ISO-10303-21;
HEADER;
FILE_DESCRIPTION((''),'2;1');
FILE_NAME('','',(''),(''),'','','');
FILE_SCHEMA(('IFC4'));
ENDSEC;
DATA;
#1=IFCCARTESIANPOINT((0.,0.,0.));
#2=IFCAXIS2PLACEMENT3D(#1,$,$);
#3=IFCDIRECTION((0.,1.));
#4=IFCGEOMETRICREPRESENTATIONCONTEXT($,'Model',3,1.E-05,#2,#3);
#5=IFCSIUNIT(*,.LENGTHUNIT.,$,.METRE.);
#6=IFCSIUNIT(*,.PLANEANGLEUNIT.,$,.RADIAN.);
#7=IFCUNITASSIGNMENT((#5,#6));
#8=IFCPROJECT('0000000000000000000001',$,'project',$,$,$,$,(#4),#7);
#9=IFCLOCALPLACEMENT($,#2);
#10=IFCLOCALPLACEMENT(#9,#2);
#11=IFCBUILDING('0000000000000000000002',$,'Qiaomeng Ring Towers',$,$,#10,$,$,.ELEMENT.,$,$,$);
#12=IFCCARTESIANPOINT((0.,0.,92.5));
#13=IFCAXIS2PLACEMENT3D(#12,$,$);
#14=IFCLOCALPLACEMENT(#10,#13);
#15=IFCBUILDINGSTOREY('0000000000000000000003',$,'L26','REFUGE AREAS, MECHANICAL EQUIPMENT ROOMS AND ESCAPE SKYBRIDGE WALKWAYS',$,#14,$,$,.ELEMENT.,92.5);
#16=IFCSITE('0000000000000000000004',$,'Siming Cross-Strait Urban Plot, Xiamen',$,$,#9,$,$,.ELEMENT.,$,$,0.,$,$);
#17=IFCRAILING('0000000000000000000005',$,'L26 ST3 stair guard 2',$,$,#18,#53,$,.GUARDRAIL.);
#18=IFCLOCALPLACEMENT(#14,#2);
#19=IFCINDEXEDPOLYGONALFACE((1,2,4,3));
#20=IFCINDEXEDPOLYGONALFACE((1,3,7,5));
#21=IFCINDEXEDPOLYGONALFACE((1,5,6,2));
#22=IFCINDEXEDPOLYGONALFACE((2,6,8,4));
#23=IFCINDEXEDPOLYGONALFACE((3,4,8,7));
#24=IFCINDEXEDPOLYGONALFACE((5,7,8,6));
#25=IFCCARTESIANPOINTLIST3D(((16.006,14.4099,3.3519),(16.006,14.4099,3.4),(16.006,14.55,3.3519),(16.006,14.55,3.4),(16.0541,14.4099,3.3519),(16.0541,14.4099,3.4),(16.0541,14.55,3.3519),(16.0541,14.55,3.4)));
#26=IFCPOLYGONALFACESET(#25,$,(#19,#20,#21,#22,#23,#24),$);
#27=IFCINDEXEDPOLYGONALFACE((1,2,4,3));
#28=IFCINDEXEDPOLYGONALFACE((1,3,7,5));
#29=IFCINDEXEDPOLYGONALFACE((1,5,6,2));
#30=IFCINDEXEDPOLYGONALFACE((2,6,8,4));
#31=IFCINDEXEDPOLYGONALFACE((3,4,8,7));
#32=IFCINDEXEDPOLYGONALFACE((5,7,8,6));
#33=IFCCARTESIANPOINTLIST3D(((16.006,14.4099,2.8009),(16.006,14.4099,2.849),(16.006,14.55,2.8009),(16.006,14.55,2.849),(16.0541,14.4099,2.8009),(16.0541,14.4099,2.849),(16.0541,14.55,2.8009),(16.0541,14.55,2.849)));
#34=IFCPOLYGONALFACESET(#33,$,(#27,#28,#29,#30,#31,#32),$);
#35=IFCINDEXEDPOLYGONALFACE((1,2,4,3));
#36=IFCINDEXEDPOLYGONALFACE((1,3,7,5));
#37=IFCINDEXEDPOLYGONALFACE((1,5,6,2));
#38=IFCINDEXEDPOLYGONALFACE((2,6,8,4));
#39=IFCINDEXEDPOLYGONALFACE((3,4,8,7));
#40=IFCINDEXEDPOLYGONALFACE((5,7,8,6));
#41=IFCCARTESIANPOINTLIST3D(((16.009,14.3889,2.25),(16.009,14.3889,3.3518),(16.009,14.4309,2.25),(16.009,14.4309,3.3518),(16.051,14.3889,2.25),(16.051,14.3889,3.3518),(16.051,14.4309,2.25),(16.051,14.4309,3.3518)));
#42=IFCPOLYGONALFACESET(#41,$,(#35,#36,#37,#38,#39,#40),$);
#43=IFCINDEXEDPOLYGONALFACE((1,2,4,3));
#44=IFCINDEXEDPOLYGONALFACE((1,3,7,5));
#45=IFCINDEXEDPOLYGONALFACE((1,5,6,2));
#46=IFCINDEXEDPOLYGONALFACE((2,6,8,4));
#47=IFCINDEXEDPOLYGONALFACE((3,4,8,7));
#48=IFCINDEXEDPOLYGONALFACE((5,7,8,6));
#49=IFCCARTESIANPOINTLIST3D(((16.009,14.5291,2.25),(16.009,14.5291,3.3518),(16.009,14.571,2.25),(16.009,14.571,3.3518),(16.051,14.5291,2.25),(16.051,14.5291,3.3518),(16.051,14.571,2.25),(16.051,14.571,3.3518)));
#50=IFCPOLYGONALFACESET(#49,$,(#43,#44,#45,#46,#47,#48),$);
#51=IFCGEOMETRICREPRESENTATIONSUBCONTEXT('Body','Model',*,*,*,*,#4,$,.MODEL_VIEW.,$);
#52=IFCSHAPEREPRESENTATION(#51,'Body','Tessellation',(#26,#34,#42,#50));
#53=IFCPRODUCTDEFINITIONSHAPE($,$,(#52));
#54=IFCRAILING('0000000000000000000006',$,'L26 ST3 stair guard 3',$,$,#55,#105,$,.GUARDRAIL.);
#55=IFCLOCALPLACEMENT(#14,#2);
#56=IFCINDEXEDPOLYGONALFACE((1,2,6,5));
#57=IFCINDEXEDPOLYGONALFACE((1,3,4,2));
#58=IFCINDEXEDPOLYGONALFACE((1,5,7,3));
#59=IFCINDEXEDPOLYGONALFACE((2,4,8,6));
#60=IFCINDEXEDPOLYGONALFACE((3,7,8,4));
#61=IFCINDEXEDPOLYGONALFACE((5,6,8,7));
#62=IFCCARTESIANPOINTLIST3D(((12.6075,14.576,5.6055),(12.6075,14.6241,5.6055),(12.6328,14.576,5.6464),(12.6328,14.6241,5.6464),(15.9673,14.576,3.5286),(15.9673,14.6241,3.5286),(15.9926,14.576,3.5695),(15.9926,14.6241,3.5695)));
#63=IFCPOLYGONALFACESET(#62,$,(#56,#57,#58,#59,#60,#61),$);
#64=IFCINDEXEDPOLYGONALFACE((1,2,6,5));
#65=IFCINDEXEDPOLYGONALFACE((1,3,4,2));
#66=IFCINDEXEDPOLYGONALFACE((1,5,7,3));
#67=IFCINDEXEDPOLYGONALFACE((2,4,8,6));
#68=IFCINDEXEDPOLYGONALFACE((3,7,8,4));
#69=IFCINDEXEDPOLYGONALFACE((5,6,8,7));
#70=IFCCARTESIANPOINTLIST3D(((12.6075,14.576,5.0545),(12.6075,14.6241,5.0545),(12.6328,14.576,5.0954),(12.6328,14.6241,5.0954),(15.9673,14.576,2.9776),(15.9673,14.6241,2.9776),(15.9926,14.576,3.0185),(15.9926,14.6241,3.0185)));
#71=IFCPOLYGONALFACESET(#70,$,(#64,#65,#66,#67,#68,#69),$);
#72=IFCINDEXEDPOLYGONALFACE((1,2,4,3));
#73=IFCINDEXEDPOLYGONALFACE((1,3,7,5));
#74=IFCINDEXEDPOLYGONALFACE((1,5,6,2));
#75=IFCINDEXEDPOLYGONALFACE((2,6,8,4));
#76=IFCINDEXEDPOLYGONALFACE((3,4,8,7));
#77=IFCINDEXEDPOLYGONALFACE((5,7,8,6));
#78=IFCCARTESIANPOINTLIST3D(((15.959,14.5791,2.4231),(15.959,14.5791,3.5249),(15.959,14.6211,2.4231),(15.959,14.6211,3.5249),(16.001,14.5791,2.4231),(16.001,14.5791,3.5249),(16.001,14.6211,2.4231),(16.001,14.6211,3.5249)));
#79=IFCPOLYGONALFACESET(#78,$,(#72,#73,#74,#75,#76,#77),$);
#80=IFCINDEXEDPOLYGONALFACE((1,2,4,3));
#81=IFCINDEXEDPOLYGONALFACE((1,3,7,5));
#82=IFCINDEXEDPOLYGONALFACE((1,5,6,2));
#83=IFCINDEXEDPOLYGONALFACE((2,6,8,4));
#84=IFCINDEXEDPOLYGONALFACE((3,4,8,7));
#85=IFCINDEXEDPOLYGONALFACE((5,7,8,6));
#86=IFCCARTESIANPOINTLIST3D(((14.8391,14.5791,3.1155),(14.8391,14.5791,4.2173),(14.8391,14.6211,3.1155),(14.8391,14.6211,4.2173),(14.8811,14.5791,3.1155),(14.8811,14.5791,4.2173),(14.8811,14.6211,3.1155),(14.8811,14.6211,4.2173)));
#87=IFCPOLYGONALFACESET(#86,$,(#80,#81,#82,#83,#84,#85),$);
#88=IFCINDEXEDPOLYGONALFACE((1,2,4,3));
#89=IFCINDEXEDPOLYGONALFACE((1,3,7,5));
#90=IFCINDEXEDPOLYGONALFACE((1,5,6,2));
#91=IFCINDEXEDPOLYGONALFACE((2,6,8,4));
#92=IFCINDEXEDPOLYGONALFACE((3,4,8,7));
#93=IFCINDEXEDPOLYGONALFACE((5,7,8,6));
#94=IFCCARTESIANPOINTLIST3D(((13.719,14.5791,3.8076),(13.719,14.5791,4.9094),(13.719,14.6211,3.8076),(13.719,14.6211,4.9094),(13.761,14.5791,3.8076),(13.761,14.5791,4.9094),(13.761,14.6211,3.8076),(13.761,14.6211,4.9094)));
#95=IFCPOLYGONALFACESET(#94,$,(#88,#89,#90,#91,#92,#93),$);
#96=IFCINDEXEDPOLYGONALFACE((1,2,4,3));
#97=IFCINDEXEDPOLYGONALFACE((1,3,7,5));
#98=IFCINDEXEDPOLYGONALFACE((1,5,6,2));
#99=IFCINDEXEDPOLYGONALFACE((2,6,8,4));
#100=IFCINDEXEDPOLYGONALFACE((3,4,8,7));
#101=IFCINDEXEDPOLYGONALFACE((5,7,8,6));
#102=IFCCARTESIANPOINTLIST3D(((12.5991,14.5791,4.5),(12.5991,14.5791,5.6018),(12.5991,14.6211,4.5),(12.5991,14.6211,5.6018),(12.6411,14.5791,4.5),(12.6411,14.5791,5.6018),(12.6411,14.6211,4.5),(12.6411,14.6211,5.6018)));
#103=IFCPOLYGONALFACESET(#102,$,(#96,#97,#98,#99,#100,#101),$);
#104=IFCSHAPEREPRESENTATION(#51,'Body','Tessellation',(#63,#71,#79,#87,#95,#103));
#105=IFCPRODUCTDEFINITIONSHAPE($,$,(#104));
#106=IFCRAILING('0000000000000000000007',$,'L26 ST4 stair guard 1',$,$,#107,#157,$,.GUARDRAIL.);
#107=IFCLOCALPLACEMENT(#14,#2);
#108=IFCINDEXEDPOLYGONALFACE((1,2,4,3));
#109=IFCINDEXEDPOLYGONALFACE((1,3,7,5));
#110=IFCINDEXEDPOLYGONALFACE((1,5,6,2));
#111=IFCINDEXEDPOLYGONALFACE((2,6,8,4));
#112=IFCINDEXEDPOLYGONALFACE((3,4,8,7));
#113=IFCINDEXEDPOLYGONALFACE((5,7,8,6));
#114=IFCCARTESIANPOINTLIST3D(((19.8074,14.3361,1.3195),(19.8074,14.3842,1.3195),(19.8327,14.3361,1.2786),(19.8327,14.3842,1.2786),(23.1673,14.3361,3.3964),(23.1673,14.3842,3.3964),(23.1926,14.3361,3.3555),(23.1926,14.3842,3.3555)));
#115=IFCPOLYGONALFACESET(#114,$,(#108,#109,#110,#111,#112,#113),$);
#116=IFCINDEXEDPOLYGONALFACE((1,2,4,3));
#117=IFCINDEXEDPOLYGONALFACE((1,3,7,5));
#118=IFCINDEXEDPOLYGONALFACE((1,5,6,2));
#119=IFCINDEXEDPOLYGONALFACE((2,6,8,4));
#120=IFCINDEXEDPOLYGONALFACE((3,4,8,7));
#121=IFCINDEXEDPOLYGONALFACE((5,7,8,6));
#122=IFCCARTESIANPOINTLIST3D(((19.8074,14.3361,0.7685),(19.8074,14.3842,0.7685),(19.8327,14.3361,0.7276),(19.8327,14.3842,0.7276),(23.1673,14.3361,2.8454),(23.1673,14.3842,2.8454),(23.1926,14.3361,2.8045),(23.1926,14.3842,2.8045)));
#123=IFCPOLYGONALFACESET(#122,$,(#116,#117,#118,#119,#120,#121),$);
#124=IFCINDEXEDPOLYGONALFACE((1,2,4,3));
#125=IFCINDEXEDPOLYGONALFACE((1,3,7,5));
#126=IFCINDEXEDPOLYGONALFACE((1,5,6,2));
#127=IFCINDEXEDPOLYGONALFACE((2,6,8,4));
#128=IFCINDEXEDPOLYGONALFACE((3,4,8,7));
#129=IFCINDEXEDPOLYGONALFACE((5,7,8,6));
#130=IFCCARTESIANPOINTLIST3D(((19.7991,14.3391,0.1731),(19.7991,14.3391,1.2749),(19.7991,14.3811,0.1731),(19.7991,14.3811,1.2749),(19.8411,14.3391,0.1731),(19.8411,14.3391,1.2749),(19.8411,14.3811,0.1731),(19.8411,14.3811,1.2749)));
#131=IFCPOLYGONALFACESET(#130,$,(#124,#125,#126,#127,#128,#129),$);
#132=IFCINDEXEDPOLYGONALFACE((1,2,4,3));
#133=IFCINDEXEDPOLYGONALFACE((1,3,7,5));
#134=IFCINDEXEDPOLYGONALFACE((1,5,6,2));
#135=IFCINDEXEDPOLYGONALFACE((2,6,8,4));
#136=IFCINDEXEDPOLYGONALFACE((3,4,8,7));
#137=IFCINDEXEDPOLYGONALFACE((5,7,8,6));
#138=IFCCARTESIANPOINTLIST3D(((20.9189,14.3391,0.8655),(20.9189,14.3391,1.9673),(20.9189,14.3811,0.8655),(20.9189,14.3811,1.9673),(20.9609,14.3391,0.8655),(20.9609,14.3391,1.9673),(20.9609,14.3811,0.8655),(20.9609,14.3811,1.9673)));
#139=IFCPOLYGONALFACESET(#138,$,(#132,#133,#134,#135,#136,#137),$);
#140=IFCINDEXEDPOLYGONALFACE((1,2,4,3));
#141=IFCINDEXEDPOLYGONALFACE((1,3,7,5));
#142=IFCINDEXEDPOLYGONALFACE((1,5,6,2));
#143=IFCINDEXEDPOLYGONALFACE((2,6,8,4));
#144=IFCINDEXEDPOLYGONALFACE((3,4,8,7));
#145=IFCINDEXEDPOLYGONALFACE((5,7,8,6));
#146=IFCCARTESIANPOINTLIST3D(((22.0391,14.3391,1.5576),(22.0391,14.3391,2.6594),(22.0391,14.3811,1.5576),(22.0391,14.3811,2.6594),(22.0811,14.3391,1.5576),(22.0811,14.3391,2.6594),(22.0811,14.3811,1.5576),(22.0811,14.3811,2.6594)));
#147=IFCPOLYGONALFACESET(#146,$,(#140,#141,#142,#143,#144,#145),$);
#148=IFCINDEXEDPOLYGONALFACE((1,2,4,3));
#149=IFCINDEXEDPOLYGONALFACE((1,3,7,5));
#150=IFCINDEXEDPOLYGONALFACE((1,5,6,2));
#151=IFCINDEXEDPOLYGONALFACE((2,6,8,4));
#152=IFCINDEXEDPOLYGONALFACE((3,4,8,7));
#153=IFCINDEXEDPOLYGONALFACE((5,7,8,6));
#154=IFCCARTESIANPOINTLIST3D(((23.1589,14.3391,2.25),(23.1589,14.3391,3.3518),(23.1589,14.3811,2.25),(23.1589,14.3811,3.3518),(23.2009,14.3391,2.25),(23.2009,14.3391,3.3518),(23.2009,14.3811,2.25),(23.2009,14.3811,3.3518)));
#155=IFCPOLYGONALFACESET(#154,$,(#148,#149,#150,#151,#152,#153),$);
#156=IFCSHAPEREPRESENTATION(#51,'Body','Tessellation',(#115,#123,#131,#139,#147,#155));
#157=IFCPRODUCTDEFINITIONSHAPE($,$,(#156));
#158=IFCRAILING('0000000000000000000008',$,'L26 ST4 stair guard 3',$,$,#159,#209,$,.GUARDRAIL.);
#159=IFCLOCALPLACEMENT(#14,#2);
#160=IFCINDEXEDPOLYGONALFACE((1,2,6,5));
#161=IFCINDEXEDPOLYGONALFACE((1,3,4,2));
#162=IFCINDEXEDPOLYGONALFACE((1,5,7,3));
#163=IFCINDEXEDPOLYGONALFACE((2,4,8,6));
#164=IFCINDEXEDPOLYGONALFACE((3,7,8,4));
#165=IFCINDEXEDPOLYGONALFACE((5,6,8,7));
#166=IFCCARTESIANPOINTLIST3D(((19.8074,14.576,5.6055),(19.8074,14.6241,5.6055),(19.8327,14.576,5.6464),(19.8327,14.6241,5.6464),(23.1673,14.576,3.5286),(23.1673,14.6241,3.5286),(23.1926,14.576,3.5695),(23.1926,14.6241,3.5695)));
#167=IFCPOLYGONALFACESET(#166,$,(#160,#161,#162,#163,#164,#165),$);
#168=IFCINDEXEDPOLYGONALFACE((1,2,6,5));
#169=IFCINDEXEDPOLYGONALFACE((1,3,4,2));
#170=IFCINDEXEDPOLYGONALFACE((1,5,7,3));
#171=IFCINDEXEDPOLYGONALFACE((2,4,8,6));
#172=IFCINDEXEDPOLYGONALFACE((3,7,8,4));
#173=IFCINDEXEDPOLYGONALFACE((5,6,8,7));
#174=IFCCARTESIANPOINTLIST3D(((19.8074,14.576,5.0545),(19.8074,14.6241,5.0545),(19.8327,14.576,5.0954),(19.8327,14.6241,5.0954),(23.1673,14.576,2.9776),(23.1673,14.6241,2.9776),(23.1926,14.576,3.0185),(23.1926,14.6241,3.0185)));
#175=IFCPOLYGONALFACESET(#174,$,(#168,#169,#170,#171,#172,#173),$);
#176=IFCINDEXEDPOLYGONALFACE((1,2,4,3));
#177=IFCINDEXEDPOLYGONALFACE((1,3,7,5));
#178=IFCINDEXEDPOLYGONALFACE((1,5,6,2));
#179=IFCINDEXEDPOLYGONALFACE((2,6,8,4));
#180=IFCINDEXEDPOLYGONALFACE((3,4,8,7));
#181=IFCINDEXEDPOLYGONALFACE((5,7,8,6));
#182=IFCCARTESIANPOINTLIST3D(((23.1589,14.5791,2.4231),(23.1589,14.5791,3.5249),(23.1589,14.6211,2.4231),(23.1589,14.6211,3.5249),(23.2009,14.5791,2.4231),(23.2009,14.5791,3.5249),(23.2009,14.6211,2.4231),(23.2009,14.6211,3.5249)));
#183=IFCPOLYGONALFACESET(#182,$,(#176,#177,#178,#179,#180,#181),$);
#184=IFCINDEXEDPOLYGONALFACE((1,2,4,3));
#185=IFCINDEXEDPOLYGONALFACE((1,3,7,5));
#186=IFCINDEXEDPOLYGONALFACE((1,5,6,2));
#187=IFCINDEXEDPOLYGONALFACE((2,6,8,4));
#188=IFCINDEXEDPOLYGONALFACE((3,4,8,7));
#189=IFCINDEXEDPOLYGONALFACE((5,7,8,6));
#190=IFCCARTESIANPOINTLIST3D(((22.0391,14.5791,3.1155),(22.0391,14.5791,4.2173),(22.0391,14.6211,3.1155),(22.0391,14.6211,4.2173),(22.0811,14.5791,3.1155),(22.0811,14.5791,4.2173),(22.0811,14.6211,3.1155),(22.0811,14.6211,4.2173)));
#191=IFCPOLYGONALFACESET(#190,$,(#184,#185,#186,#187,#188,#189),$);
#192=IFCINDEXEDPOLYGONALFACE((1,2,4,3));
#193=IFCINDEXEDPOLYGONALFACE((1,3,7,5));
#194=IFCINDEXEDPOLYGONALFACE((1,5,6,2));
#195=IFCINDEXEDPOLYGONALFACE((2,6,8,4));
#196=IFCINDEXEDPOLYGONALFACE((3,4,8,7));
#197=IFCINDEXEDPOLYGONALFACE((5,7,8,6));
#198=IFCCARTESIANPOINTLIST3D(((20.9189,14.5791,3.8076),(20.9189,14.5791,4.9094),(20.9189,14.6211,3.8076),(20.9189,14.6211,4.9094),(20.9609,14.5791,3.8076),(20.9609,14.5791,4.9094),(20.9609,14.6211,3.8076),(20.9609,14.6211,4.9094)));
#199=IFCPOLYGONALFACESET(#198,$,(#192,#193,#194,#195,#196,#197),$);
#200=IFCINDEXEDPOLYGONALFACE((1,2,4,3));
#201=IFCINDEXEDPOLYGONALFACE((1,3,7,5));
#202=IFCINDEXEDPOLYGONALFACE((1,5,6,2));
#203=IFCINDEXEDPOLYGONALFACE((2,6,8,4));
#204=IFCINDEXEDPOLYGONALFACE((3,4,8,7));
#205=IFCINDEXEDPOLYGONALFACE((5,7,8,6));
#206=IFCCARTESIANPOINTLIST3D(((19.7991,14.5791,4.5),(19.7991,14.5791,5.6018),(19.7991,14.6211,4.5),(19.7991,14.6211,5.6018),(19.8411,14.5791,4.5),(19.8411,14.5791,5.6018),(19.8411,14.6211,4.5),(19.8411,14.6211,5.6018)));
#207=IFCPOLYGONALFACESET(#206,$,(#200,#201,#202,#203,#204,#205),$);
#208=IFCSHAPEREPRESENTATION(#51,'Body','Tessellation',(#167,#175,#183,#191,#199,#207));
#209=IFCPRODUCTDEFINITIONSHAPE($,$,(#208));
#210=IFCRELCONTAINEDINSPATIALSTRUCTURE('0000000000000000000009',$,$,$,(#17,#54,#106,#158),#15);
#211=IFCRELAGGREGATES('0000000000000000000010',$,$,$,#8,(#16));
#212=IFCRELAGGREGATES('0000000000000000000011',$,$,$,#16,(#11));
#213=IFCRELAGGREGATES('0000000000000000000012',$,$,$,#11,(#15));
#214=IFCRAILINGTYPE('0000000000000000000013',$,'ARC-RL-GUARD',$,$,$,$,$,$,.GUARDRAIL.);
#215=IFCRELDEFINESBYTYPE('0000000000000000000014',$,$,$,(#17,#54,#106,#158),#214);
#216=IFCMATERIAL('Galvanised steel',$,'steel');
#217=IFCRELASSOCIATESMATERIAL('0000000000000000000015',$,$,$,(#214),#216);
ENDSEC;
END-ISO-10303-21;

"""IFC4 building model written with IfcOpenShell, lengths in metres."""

from ifc_helpers import new_model, si_unit, direction, frame, origin, origin_2d, place, context, subcontext, project, spatial, rectangle, extrude, material, type_object, element, save


model = new_model("IFC4")

# Units and contexts
model_context = context("Model", 3, precision=1e-05, world=origin(), true_north=direction((0.0, 1.0)))
body_context = subcontext(model_context, "Body", "Model", "MODEL_VIEW")
ifc_project = project(units=[si_unit("LENGTHUNIT", "METRE"), si_unit("PLANEANGLEUNIT", "RADIAN")], contexts=[model_context])

# Site, building, storey
site_placement = place(None, origin())
site = spatial("IfcSite", under=ifc_project, at=site_placement, Name="Siming Cross-Strait Urban Plot, Xiamen", CompositionType="ELEMENT", RefElevation=0.0)
building_placement = place(site_placement, origin())
building = spatial("IfcBuilding", under=site, at=building_placement, Name="Qiaomeng Ring Towers", CompositionType="ELEMENT")
storey_placement = place(building_placement, frame((0.0, 0.0, 92.5)))
storey = spatial("IfcBuildingStorey", under=building, at=storey_placement, Name="L26", Description="REFUGE AREAS, MECHANICAL EQUIPMENT ROOMS AND ESCAPE SKYBRIDGE WALKWAYS", CompositionType="ELEMENT", Elevation=92.5)

# Shared definitions
ifc_material_1 = material(Name="Galvanised steel", Category="steel")

# Railings
railing_type_1 = type_object("IfcRailingType", Name="ARC-RL-GUARD", PredefinedType="GUARDRAIL", material=ifc_material_1)
railing_1_placement = place(storey_placement, frame((16.03, 14.4099, 2.25)))
element("IfcRailing", 1, at=railing_1_placement, inside=storey, type_object=railing_type_1, Name="L26 ST3 stair guard 2", PredefinedType="GUARDRAIL", context=body_context, shape_type="SweptSolid", body=[
    extrude(rectangle(XDim=0.0481, YDim=0.0481, at=origin_2d()), frame((0.0, 0.0, 1.126), z_axis=(0.0, 1.0, 0.0), x_axis=(-1.0, 0.0, 0.0)), (0.0, 0.0, 1.0), 0.1401),
    extrude(rectangle(XDim=0.0481, YDim=0.0481, at=origin_2d()), frame((0.0, 0.0, 0.575), z_axis=(0.0, 1.0, 0.0), x_axis=(-1.0, 0.0, 0.0)), (0.0, 0.0, 1.0), 0.1401),
    extrude(rectangle(XDim=0.042, YDim=0.042, at=origin_2d()), origin(), (0.0, 0.0, 1.0), 1.1018),
    extrude(rectangle(XDim=0.042, YDim=0.042, at=origin_2d()), frame((0.0, 0.1401, 0.0)), (0.0, 0.0, 1.0), 1.1018),
])
railing_2_placement = place(storey_placement, frame((15.98, 14.6001, 2.4231)))
element("IfcRailing", 2, at=railing_2_placement, inside=storey, type_object=railing_type_1, Name="L26 ST3 stair guard 3", PredefinedType="GUARDRAIL", context=body_context, shape_type="SweptSolid", body=[
    extrude(rectangle(XDim=0.0481, YDim=0.0481, at=origin_2d()), frame((0.0, 0.0, 1.126), z_axis=(-0.850606, 0.0, 0.525803), x_axis=(0.0, -1.0, 0.0)), (0.0, 0.0, 1.0), 3.95),
    extrude(rectangle(XDim=0.0481, YDim=0.0481, at=origin_2d()), frame((0.0, 0.0, 0.575), z_axis=(-0.850606, 0.0, 0.525803), x_axis=(0.0, -1.0, 0.0)), (0.0, 0.0, 1.0), 3.95),
    extrude(rectangle(XDim=0.042, YDim=0.042, at=origin_2d()), origin(), (0.0, 0.0, 1.0), 1.1018),
    extrude(rectangle(XDim=0.042, YDim=0.042, at=origin_2d()), frame((-1.1199, 0.0, 0.6924)), (0.0, 0.0, 1.0), 1.1018),
    extrude(rectangle(XDim=0.042, YDim=0.042, at=origin_2d()), frame((-2.24, 0.0, 1.3845)), (0.0, 0.0, 1.0), 1.1018),
    extrude(rectangle(XDim=0.042, YDim=0.042, at=origin_2d()), frame((-3.3599, 0.0, 2.0769)), (0.0, 0.0, 1.0), 1.1018),
])
railing_3_placement = place(storey_placement, frame((19.8201, 14.3601, 0.1731)))
element("IfcRailing", 3, at=railing_3_placement, inside=storey, type_object=railing_type_1, Name="L26 ST4 stair guard 1", PredefinedType="GUARDRAIL", context=body_context, shape_type="SweptSolid", body=[
    extrude(rectangle(XDim=0.0481, YDim=0.0481, at=origin_2d()), frame((0.0, 0.0, 1.126), z_axis=(0.850606, 0.0, 0.525803), x_axis=(0.0, 1.0, 0.0)), (0.0, 0.0, 1.0), 3.95),
    extrude(rectangle(XDim=0.0481, YDim=0.0481, at=origin_2d()), frame((0.0, 0.0, 0.575), z_axis=(0.850606, 0.0, 0.525803), x_axis=(0.0, 1.0, 0.0)), (0.0, 0.0, 1.0), 3.95),
    extrude(rectangle(XDim=0.042, YDim=0.042, at=origin_2d()), origin(), (0.0, 0.0, 1.0), 1.1018),
    extrude(rectangle(XDim=0.042, YDim=0.042, at=origin_2d()), frame((1.1199, 0.0, 0.6924)), (0.0, 0.0, 1.0), 1.1018),
    extrude(rectangle(XDim=0.042, YDim=0.042, at=origin_2d()), frame((2.24, 0.0, 1.3845)), (0.0, 0.0, 1.0), 1.1018),
    extrude(rectangle(XDim=0.042, YDim=0.042, at=origin_2d()), frame((3.3599, 0.0, 2.0769)), (0.0, 0.0, 1.0), 1.1018),
])
railing_4_placement = place(storey_placement, frame((23.1799, 14.6001, 2.4231)))
element("IfcRailing", 4, at=railing_4_placement, inside=storey, type_object=railing_type_1, Name="L26 ST4 stair guard 3", PredefinedType="GUARDRAIL", context=body_context, shape_type="SweptSolid", body=[
    extrude(rectangle(XDim=0.0481, YDim=0.0481, at=origin_2d()), frame((0.0, 0.0, 1.126), z_axis=(-0.850606, 0.0, 0.525803), x_axis=(0.0, -1.0, 0.0)), (0.0, 0.0, 1.0), 3.95),
    extrude(rectangle(XDim=0.0481, YDim=0.0481, at=origin_2d()), frame((0.0, 0.0, 0.575), z_axis=(-0.850606, 0.0, 0.525803), x_axis=(0.0, -1.0, 0.0)), (0.0, 0.0, 1.0), 3.95),
    extrude(rectangle(XDim=0.042, YDim=0.042, at=origin_2d()), origin(), (0.0, 0.0, 1.0), 1.1018),
    extrude(rectangle(XDim=0.042, YDim=0.042, at=origin_2d()), frame((-1.1199, 0.0, 0.6924)), (0.0, 0.0, 1.0), 1.1018),
    extrude(rectangle(XDim=0.042, YDim=0.042, at=origin_2d()), frame((-2.24, 0.0, 1.3845)), (0.0, 0.0, 1.0), 1.1018),
    extrude(rectangle(XDim=0.042, YDim=0.042, at=origin_2d()), frame((-3.3599, 0.0, 2.0769)), (0.0, 0.0, 1.0), 1.1018),
])

save(model, "model.ifc")
